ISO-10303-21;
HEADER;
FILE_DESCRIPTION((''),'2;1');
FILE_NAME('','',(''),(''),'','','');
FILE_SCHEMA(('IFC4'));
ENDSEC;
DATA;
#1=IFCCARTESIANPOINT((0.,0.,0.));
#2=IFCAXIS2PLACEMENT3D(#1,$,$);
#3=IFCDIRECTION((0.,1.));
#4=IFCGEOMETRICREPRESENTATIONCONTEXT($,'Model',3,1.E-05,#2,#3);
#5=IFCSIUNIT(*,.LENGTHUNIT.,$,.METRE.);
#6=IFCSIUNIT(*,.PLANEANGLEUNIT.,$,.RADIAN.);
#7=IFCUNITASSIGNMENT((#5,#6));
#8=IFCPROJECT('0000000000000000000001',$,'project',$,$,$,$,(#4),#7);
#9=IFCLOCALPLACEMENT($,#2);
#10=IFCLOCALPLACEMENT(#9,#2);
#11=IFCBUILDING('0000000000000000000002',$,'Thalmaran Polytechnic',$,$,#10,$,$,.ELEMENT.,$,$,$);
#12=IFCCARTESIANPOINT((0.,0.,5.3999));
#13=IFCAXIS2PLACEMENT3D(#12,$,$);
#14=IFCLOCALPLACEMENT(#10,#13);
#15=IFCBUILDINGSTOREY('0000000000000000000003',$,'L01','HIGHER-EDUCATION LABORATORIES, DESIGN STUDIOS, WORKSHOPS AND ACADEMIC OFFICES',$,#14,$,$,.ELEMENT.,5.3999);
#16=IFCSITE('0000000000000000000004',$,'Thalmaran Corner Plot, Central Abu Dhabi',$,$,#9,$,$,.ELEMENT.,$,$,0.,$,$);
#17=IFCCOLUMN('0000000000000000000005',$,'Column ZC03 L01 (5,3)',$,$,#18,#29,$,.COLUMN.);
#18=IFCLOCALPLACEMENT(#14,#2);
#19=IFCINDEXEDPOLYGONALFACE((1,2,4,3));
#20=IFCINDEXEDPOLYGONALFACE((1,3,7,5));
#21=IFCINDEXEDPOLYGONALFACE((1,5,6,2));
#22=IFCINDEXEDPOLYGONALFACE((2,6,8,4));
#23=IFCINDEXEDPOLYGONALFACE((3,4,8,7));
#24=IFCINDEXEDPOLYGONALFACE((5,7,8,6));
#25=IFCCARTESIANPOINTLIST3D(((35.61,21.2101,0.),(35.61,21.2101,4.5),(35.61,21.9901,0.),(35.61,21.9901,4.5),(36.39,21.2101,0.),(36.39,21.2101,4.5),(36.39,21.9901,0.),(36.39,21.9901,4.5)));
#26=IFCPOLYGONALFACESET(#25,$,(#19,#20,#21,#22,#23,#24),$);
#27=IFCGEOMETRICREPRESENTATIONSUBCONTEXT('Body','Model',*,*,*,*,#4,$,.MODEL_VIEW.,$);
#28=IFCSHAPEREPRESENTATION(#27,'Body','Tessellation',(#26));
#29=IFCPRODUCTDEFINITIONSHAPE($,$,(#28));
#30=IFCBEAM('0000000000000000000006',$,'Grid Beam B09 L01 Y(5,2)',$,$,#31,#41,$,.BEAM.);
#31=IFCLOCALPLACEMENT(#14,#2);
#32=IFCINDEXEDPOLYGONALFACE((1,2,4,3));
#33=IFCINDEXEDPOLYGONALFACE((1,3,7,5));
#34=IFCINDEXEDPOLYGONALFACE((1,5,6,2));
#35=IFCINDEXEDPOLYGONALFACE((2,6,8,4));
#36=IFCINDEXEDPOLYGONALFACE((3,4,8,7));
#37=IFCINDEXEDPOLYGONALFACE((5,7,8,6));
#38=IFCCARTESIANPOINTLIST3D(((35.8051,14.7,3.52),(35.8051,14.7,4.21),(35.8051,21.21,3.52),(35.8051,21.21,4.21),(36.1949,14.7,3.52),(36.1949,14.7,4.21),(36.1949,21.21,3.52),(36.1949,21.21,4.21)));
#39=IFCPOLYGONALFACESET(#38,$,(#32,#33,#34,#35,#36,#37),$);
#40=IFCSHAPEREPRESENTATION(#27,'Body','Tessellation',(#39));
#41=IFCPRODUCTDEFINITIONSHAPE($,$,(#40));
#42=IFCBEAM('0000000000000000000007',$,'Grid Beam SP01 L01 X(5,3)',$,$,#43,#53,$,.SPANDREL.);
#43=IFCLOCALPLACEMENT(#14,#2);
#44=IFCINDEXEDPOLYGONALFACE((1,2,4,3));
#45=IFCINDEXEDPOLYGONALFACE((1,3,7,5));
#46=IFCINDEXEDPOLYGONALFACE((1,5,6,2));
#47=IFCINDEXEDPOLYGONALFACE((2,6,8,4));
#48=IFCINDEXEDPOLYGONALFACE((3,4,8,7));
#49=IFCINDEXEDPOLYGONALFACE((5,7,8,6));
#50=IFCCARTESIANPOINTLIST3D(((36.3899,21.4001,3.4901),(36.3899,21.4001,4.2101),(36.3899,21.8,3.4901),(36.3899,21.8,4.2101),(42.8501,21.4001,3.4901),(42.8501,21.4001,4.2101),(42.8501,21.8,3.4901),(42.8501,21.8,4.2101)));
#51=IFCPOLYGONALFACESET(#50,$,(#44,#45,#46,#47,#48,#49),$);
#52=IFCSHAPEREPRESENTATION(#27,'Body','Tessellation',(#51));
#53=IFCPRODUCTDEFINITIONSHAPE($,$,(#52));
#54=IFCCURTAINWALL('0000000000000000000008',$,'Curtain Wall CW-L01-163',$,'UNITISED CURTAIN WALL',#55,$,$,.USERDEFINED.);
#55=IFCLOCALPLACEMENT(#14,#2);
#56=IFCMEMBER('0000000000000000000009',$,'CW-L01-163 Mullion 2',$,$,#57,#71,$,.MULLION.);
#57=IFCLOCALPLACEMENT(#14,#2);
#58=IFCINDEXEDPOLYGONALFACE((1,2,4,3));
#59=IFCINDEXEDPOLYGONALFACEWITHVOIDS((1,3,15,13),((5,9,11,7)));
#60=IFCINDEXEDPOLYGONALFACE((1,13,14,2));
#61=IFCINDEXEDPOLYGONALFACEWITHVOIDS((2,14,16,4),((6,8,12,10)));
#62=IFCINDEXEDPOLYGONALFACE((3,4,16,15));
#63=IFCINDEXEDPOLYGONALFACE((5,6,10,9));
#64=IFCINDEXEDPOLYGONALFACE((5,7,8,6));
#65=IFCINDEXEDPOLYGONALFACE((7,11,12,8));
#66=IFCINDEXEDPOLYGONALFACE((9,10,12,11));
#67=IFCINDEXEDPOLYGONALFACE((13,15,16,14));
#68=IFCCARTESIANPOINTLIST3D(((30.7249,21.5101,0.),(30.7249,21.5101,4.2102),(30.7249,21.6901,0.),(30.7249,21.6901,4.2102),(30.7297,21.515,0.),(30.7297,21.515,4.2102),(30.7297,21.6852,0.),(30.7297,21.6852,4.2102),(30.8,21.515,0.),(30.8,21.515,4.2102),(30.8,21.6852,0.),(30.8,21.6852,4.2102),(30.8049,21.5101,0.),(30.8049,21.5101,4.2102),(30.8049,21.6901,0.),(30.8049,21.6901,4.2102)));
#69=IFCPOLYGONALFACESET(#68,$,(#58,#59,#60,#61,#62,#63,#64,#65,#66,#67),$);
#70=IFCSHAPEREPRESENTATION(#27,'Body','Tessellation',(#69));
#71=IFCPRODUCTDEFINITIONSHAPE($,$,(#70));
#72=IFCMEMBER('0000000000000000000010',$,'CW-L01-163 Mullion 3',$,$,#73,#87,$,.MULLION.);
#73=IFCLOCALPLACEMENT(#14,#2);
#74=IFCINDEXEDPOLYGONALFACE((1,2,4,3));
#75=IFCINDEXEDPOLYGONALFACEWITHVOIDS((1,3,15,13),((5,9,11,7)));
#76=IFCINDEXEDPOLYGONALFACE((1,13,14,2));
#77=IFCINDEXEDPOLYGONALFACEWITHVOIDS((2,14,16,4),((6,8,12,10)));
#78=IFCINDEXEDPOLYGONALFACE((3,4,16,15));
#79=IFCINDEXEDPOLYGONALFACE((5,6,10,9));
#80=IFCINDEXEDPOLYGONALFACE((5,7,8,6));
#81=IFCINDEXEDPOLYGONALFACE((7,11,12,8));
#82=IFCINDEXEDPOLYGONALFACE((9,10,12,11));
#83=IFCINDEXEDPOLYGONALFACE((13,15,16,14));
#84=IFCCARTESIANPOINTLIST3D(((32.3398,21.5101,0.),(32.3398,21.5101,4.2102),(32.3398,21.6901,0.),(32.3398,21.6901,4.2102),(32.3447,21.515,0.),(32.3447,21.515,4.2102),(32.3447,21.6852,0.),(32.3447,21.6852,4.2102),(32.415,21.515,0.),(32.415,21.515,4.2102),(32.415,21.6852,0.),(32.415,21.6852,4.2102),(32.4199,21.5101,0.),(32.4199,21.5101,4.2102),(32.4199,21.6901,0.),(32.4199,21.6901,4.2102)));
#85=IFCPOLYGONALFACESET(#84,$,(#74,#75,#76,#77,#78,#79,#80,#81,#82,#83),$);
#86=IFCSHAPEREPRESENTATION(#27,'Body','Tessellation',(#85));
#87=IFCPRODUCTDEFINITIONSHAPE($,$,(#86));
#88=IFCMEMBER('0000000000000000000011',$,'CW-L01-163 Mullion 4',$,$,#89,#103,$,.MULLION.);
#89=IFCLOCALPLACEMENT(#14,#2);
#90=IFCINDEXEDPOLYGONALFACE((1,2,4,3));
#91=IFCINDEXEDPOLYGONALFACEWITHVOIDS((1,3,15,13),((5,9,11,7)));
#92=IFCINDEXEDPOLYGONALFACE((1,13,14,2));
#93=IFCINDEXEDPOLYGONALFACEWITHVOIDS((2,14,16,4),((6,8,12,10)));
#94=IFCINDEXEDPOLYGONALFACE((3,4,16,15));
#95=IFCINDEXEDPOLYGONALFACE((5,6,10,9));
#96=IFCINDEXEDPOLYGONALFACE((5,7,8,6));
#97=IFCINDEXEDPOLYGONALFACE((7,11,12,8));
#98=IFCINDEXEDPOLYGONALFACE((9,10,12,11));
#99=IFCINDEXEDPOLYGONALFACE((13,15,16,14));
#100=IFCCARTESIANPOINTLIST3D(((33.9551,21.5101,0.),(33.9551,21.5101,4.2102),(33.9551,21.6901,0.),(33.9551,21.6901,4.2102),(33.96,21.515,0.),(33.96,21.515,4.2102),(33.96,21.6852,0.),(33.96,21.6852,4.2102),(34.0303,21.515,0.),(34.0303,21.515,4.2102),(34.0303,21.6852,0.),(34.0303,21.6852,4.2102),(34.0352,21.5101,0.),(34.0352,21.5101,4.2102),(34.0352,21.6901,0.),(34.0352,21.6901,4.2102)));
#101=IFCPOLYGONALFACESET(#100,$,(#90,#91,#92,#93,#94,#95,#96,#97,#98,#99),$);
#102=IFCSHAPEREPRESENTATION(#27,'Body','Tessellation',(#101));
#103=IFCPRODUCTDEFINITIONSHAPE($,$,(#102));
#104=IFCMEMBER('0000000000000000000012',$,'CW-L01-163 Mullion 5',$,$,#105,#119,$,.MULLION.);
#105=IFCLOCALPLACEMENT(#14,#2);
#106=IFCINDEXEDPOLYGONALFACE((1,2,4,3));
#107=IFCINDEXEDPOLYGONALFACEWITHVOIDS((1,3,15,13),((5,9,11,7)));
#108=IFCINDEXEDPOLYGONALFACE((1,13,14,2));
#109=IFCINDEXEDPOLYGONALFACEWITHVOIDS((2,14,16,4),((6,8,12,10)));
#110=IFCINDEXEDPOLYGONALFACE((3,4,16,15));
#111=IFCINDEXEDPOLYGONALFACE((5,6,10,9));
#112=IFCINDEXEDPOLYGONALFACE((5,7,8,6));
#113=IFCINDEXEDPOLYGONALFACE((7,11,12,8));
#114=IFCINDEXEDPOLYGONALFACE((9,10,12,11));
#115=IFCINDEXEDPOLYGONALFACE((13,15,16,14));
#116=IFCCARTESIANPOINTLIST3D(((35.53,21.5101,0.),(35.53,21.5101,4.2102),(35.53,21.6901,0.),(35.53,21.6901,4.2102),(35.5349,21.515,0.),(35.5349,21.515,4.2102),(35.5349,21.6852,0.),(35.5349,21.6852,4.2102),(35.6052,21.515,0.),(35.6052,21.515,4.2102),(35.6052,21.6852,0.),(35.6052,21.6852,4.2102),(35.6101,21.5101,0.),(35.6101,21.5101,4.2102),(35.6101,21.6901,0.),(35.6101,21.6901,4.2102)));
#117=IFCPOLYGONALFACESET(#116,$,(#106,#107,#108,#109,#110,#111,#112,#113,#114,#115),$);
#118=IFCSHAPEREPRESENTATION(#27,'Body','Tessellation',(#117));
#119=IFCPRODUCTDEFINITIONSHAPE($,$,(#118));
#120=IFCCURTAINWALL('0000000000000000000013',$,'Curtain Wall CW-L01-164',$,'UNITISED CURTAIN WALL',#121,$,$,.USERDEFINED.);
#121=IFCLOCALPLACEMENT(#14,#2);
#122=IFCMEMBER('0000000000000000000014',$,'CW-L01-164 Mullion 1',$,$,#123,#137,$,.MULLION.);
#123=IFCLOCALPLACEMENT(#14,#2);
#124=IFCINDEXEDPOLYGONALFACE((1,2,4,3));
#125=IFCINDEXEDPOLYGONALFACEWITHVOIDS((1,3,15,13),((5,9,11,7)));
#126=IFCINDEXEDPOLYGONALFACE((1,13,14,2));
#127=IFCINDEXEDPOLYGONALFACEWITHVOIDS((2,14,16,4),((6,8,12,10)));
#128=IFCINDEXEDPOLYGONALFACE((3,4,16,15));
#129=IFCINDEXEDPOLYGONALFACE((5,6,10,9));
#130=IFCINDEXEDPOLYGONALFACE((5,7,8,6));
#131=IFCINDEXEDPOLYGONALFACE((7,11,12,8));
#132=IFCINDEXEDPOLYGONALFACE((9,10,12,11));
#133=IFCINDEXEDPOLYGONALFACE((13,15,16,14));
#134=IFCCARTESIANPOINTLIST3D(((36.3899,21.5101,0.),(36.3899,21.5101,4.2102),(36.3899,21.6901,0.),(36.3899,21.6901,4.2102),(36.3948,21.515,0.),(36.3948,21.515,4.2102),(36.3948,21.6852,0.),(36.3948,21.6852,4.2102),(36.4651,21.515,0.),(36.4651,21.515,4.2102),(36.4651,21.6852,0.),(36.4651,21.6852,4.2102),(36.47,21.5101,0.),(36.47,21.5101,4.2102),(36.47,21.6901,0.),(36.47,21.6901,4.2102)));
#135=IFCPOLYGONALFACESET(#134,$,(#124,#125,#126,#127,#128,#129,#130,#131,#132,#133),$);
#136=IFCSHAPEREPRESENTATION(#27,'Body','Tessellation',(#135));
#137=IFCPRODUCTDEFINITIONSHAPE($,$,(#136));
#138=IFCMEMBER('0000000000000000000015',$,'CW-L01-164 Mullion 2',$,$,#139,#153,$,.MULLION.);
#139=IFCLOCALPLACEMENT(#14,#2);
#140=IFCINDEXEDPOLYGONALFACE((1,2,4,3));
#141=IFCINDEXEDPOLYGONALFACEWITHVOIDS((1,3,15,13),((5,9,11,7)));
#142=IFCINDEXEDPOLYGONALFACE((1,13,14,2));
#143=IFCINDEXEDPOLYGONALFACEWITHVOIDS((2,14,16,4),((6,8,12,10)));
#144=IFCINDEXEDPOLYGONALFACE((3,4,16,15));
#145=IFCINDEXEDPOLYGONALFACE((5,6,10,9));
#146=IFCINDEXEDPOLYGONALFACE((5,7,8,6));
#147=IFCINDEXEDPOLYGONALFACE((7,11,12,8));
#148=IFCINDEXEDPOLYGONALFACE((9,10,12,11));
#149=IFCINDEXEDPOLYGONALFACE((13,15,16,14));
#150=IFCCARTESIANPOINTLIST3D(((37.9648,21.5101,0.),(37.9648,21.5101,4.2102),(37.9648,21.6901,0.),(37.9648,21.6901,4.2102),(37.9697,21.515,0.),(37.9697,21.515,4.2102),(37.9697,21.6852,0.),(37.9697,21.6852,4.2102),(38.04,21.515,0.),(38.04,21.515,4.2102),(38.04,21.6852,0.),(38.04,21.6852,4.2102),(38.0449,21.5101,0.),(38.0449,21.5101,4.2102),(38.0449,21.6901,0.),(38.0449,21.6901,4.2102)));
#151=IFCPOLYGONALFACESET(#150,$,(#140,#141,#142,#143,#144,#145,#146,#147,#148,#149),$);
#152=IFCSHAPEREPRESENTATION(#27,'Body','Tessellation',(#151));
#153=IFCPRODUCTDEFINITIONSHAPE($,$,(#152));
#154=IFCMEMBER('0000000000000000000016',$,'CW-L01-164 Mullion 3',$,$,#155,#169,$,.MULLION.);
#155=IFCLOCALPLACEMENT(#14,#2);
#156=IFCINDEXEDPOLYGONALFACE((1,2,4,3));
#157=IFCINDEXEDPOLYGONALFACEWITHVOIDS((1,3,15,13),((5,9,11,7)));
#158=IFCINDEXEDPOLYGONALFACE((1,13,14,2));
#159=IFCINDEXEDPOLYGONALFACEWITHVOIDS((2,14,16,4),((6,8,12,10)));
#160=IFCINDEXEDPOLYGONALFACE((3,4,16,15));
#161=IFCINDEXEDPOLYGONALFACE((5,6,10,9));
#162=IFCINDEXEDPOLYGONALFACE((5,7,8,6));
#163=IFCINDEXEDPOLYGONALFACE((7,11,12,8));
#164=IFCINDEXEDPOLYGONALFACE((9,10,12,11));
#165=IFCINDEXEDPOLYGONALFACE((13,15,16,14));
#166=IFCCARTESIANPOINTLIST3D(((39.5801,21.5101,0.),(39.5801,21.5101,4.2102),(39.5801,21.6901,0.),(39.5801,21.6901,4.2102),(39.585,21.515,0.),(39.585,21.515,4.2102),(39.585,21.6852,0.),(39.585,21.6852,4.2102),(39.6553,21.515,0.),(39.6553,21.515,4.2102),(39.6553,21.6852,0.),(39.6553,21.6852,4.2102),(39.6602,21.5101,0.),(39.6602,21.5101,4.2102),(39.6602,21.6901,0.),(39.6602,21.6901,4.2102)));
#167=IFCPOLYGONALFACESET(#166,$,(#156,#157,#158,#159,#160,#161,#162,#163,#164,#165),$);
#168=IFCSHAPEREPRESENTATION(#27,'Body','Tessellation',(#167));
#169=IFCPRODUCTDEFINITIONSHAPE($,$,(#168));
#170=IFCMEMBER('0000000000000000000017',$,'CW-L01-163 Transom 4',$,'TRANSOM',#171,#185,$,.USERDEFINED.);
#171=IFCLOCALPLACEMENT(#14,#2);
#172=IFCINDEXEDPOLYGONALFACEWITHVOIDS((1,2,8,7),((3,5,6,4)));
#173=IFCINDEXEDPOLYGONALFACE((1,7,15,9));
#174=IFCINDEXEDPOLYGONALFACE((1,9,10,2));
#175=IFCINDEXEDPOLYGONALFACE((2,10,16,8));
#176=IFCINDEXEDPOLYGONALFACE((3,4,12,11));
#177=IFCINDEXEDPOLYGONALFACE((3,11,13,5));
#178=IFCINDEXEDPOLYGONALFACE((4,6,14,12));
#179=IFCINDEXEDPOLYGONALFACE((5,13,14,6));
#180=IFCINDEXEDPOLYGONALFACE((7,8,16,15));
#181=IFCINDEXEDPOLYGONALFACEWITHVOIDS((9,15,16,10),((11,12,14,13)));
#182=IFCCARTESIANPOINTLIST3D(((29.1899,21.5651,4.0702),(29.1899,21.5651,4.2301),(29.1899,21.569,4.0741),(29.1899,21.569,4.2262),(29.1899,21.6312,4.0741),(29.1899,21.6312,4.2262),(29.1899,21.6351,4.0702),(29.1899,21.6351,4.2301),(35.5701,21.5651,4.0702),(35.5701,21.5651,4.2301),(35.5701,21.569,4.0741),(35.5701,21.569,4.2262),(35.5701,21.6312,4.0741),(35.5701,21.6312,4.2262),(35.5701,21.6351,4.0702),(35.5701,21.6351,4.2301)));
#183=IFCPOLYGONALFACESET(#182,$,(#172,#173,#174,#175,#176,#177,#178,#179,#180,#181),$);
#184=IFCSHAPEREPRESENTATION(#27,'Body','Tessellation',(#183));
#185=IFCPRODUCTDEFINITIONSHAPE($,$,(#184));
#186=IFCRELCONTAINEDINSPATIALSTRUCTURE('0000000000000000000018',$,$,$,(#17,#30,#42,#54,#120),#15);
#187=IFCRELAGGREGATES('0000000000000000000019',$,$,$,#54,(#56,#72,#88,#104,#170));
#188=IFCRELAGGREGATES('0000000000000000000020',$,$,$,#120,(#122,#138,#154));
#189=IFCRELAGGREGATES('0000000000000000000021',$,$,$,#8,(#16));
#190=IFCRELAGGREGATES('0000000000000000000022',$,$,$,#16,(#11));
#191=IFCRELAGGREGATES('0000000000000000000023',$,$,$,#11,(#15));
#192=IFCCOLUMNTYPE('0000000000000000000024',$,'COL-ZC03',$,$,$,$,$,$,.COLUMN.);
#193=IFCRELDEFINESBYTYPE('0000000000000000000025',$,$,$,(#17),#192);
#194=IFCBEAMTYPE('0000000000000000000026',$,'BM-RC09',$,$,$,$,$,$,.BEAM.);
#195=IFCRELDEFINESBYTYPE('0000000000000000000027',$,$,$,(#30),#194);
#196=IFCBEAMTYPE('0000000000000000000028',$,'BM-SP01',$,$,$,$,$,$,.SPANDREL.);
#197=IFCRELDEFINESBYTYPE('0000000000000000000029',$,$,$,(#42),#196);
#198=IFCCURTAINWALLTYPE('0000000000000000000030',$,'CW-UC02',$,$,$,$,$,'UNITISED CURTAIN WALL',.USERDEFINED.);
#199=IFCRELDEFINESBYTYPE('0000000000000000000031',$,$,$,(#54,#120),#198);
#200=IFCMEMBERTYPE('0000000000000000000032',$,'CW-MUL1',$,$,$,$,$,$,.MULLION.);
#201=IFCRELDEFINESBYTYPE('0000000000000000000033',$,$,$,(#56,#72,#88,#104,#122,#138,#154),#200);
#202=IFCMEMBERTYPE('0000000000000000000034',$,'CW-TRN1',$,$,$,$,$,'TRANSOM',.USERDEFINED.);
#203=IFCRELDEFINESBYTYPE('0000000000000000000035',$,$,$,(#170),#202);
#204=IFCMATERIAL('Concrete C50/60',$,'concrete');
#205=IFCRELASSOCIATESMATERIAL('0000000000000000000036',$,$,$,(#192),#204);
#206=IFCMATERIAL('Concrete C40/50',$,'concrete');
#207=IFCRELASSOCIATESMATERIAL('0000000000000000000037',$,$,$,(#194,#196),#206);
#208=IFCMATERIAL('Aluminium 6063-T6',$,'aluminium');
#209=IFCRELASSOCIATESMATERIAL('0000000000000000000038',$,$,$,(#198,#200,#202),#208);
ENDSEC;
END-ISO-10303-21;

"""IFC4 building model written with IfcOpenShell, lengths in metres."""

from ifc_helpers import new_model, si_unit, direction, frame, origin, origin_2d, place, context, subcontext, project, spatial, rectangle, hollow_rectangle, extrude, material, material_profile, profile_set, type_object, element, aggregate, save


model = new_model("IFC4")

# Units and contexts
model_context = context("Model", 3, precision=1e-05, world=origin(), true_north=direction((0.0, 1.0)))
body_context = subcontext(model_context, "Body", "Model", "MODEL_VIEW")
ifc_project = project(units=[si_unit("LENGTHUNIT", "METRE"), si_unit("PLANEANGLEUNIT", "RADIAN")], contexts=[model_context])

# Site, building, storey
site_placement = place(None, origin())
site = spatial("IfcSite", under=ifc_project, at=site_placement, Name="Thalmaran Corner Plot, Central Abu Dhabi", CompositionType="ELEMENT", RefElevation=0.0)
building_placement = place(site_placement, origin())
building = spatial("IfcBuilding", under=site, at=building_placement, Name="Thalmaran Polytechnic", CompositionType="ELEMENT")
storey_placement = place(building_placement, frame((0.0, 0.0, 5.3999)))
storey = spatial("IfcBuildingStorey", under=building, at=storey_placement, Name="L01", Description="HIGHER-EDUCATION LABORATORIES, DESIGN STUDIOS, WORKSHOPS AND ACADEMIC OFFICES", CompositionType="ELEMENT", Elevation=5.3999)

# Column
ifc_material_1 = material(Name="Concrete C50/60", Category="concrete")
ifc_material_profile_1 = material_profile(ifc_material_1, rectangle(XDim=0.78, YDim=0.78, at=origin_2d()), Name="RC 780x780")
ifc_profile_set_1 = profile_set([ifc_material_profile_1], Name="Concrete C50/60")
column_type = type_object("IfcColumnType", Name="COL-ZC03", PredefinedType="COLUMN", material=ifc_profile_set_1)
column_placement = place(storey_placement, frame((36.0, 21.6001, 0.0), z_axis=(0.0, 0.0, 1.0), x_axis=(1.0, 0.0, 0.0)))
element("IfcColumn", 1, at=column_placement, inside=storey, type_object=column_type, Name="Column ZC03 L01 (5,3)", PredefinedType="COLUMN", context=body_context, shape_type="SweptSolid", body=[
    extrude(rectangle(XDim=0.78, YDim=0.78, at=origin_2d()), origin(), (0.0, 0.0, 1.0), 4.5),
])

# Beams
ifc_material_2 = material(Name="Concrete C40/50", Category="concrete")
ifc_material_profile_2 = material_profile(ifc_material_2, rectangle(XDim=0.3899, YDim=0.6899, at=origin_2d()), Name="RC 390x690")
ifc_profile_set_2 = profile_set([ifc_material_profile_2], Name="Concrete C40/50")
beam_type_1 = type_object("IfcBeamType", Name="BM-RC09", PredefinedType="BEAM", material=ifc_profile_set_2)
beam_1_placement = place(storey_placement, frame((36.0, 14.7, 3.865), z_axis=(0.0, 1.0, 0.0), x_axis=(-1.0, 0.0, 0.0)))
element("IfcBeam", 2, at=beam_1_placement, inside=storey, type_object=beam_type_1, Name="Grid Beam B09 L01 Y(5,2)", PredefinedType="BEAM", context=body_context, shape_type="SweptSolid", body=[
    extrude(rectangle(XDim=0.3899, YDim=0.6899, at=origin_2d()), origin(), (0.0, 0.0, 1.0), 6.51),
])
ifc_material_profile_3 = material_profile(ifc_material_2, rectangle(XDim=0.3999, YDim=0.72, at=origin_2d()), Name="RC 400x720")
ifc_profile_set_3 = profile_set([ifc_material_profile_3], Name="Concrete C40/50")
beam_type_2 = type_object("IfcBeamType", Name="BM-SP01", PredefinedType="SPANDREL", material=ifc_profile_set_3)
beam_2_placement = place(storey_placement, frame((36.3899, 21.6001, 3.8501), z_axis=(1.0, 0.0, 0.0), x_axis=(0.0, 1.0, 0.0)))
element("IfcBeam", 3, at=beam_2_placement, inside=storey, type_object=beam_type_2, Name="Grid Beam SP01 L01 X(5,3)", PredefinedType="SPANDREL", context=body_context, shape_type="SweptSolid", body=[
    extrude(rectangle(XDim=0.3999, YDim=0.72, at=origin_2d()), origin(), (0.0, 0.0, 1.0), 6.4602),
])

# Curtain walls, members
ifc_material_3 = material(Name="Aluminium 6063-T6", Category="aluminium")
curtain_wall_type = type_object("IfcCurtainWallType", Name="CW-UC02", ElementType="UNITISED CURTAIN WALL", PredefinedType="USERDEFINED", material=ifc_material_3)
curtain_wall_1_placement = place(storey_placement, origin())
curtain_wall_1 = element("IfcCurtainWall", 4, at=curtain_wall_1_placement, inside=storey, type_object=curtain_wall_type, Name="Curtain Wall CW-L01-163", ObjectType="UNITISED CURTAIN WALL", PredefinedType="USERDEFINED")
ifc_material_profile_4 = material_profile(ifc_material_3, hollow_rectangle(XDim=0.0801, YDim=0.1799, WallThickness=0.0049, at=origin_2d()), Name="RHS 180x80x5.0")
ifc_profile_set_4 = profile_set([ifc_material_profile_4], Name="Aluminium 6063-T6")
member_type_1 = type_object("IfcMemberType", Name="CW-MUL1", PredefinedType="MULLION", material=ifc_profile_set_4)
member_1_placement = place(storey_placement, frame((30.7649, 21.6001, 0.0), z_axis=(0.0, 0.0, 1.0), x_axis=(1.0, 0.0, 0.0)))
member_1 = element("IfcMember", 5, at=member_1_placement, type_object=member_type_1, Name="CW-L01-163 Mullion 2", PredefinedType="MULLION", context=body_context, shape_type="SweptSolid", body=[
    extrude(hollow_rectangle(XDim=0.0801, YDim=0.1799, WallThickness=0.0049, at=origin_2d()), origin(), (0.0, 0.0, 1.0), 4.2102),
])
member_2_placement = place(storey_placement, frame((32.3799, 21.6001, 0.0), z_axis=(0.0, 0.0, 1.0), x_axis=(1.0, 0.0, 0.0)))
member_2 = element("IfcMember", 6, at=member_2_placement, type_object=member_type_1, Name="CW-L01-163 Mullion 3", PredefinedType="MULLION", context=body_context, shape_type="SweptSolid", body=[
    extrude(hollow_rectangle(XDim=0.0801, YDim=0.1799, WallThickness=0.0049, at=origin_2d()), origin(), (0.0, 0.0, 1.0), 4.2102),
])
member_3_placement = place(storey_placement, frame((33.9951, 21.6001, 0.0), z_axis=(0.0, 0.0, 1.0), x_axis=(1.0, 0.0, 0.0)))
member_3 = element("IfcMember", 7, at=member_3_placement, type_object=member_type_1, Name="CW-L01-163 Mullion 4", PredefinedType="MULLION", context=body_context, shape_type="SweptSolid", body=[
    extrude(hollow_rectangle(XDim=0.0801, YDim=0.1799, WallThickness=0.0049, at=origin_2d()), origin(), (0.0, 0.0, 1.0), 4.2102),
])
member_4_placement = place(storey_placement, frame((35.5701, 21.6001, 0.0), z_axis=(0.0, 0.0, 1.0), x_axis=(1.0, 0.0, 0.0)))
member_4 = element("IfcMember", 8, at=member_4_placement, type_object=member_type_1, Name="CW-L01-163 Mullion 5", PredefinedType="MULLION", context=body_context, shape_type="SweptSolid", body=[
    extrude(hollow_rectangle(XDim=0.0801, YDim=0.1799, WallThickness=0.0049, at=origin_2d()), origin(), (0.0, 0.0, 1.0), 4.2102),
])
curtain_wall_2_placement = place(storey_placement, origin())
curtain_wall_2 = element("IfcCurtainWall", 9, at=curtain_wall_2_placement, inside=storey, type_object=curtain_wall_type, Name="Curtain Wall CW-L01-164", ObjectType="UNITISED CURTAIN WALL", PredefinedType="USERDEFINED")
member_5_placement = place(storey_placement, frame((36.4299, 21.6001, 0.0), z_axis=(0.0, 0.0, 1.0), x_axis=(1.0, 0.0, 0.0)))
member_5 = element("IfcMember", 10, at=member_5_placement, type_object=member_type_1, Name="CW-L01-164 Mullion 1", PredefinedType="MULLION", context=body_context, shape_type="SweptSolid", body=[
    extrude(hollow_rectangle(XDim=0.0801, YDim=0.1799, WallThickness=0.0049, at=origin_2d()), origin(), (0.0, 0.0, 1.0), 4.2102),
])
member_6_placement = place(storey_placement, frame((38.0049, 21.6001, 0.0), z_axis=(0.0, 0.0, 1.0), x_axis=(1.0, 0.0, 0.0)))
member_6 = element("IfcMember", 11, at=member_6_placement, type_object=member_type_1, Name="CW-L01-164 Mullion 2", PredefinedType="MULLION", context=body_context, shape_type="SweptSolid", body=[
    extrude(hollow_rectangle(XDim=0.0801, YDim=0.1799, WallThickness=0.0049, at=origin_2d()), origin(), (0.0, 0.0, 1.0), 4.2102),
])
member_7_placement = place(storey_placement, frame((39.6201, 21.6001, 0.0), z_axis=(0.0, 0.0, 1.0), x_axis=(1.0, 0.0, 0.0)))
member_7 = element("IfcMember", 12, at=member_7_placement, type_object=member_type_1, Name="CW-L01-164 Mullion 3", PredefinedType="MULLION", context=body_context, shape_type="SweptSolid", body=[
    extrude(hollow_rectangle(XDim=0.0801, YDim=0.1799, WallThickness=0.0049, at=origin_2d()), origin(), (0.0, 0.0, 1.0), 4.2102),
])

# Member
ifc_material_profile_5 = material_profile(ifc_material_3, hollow_rectangle(XDim=0.0701, YDim=0.1599, WallThickness=0.0039, at=origin_2d()), Name="AL 160x70x4.0")
ifc_profile_set_5 = profile_set([ifc_material_profile_5], Name="Aluminium 6063-T6")
member_type_2 = type_object("IfcMemberType", Name="CW-TRN1", ElementType="TRANSOM", PredefinedType="USERDEFINED", material=ifc_profile_set_5)
member_8_placement = place(storey_placement, frame((29.1899, 21.6001, 4.1501), z_axis=(1.0, 0.0, 0.0), x_axis=(0.0, 1.0, 0.0)))
member_8 = element("IfcMember", 13, at=member_8_placement, type_object=member_type_2, Name="CW-L01-163 Transom 4", ObjectType="TRANSOM", PredefinedType="USERDEFINED", context=body_context, shape_type="SweptSolid", body=[
    extrude(hollow_rectangle(XDim=0.0701, YDim=0.1599, WallThickness=0.0039, at=origin_2d()), origin(), (0.0, 0.0, 1.0), 6.3801),
])

aggregate(curtain_wall_1, [member_1, member_2, member_3, member_4, member_8])
aggregate(curtain_wall_2, [member_5, member_6, member_7])

save(model, "model.ifc")
